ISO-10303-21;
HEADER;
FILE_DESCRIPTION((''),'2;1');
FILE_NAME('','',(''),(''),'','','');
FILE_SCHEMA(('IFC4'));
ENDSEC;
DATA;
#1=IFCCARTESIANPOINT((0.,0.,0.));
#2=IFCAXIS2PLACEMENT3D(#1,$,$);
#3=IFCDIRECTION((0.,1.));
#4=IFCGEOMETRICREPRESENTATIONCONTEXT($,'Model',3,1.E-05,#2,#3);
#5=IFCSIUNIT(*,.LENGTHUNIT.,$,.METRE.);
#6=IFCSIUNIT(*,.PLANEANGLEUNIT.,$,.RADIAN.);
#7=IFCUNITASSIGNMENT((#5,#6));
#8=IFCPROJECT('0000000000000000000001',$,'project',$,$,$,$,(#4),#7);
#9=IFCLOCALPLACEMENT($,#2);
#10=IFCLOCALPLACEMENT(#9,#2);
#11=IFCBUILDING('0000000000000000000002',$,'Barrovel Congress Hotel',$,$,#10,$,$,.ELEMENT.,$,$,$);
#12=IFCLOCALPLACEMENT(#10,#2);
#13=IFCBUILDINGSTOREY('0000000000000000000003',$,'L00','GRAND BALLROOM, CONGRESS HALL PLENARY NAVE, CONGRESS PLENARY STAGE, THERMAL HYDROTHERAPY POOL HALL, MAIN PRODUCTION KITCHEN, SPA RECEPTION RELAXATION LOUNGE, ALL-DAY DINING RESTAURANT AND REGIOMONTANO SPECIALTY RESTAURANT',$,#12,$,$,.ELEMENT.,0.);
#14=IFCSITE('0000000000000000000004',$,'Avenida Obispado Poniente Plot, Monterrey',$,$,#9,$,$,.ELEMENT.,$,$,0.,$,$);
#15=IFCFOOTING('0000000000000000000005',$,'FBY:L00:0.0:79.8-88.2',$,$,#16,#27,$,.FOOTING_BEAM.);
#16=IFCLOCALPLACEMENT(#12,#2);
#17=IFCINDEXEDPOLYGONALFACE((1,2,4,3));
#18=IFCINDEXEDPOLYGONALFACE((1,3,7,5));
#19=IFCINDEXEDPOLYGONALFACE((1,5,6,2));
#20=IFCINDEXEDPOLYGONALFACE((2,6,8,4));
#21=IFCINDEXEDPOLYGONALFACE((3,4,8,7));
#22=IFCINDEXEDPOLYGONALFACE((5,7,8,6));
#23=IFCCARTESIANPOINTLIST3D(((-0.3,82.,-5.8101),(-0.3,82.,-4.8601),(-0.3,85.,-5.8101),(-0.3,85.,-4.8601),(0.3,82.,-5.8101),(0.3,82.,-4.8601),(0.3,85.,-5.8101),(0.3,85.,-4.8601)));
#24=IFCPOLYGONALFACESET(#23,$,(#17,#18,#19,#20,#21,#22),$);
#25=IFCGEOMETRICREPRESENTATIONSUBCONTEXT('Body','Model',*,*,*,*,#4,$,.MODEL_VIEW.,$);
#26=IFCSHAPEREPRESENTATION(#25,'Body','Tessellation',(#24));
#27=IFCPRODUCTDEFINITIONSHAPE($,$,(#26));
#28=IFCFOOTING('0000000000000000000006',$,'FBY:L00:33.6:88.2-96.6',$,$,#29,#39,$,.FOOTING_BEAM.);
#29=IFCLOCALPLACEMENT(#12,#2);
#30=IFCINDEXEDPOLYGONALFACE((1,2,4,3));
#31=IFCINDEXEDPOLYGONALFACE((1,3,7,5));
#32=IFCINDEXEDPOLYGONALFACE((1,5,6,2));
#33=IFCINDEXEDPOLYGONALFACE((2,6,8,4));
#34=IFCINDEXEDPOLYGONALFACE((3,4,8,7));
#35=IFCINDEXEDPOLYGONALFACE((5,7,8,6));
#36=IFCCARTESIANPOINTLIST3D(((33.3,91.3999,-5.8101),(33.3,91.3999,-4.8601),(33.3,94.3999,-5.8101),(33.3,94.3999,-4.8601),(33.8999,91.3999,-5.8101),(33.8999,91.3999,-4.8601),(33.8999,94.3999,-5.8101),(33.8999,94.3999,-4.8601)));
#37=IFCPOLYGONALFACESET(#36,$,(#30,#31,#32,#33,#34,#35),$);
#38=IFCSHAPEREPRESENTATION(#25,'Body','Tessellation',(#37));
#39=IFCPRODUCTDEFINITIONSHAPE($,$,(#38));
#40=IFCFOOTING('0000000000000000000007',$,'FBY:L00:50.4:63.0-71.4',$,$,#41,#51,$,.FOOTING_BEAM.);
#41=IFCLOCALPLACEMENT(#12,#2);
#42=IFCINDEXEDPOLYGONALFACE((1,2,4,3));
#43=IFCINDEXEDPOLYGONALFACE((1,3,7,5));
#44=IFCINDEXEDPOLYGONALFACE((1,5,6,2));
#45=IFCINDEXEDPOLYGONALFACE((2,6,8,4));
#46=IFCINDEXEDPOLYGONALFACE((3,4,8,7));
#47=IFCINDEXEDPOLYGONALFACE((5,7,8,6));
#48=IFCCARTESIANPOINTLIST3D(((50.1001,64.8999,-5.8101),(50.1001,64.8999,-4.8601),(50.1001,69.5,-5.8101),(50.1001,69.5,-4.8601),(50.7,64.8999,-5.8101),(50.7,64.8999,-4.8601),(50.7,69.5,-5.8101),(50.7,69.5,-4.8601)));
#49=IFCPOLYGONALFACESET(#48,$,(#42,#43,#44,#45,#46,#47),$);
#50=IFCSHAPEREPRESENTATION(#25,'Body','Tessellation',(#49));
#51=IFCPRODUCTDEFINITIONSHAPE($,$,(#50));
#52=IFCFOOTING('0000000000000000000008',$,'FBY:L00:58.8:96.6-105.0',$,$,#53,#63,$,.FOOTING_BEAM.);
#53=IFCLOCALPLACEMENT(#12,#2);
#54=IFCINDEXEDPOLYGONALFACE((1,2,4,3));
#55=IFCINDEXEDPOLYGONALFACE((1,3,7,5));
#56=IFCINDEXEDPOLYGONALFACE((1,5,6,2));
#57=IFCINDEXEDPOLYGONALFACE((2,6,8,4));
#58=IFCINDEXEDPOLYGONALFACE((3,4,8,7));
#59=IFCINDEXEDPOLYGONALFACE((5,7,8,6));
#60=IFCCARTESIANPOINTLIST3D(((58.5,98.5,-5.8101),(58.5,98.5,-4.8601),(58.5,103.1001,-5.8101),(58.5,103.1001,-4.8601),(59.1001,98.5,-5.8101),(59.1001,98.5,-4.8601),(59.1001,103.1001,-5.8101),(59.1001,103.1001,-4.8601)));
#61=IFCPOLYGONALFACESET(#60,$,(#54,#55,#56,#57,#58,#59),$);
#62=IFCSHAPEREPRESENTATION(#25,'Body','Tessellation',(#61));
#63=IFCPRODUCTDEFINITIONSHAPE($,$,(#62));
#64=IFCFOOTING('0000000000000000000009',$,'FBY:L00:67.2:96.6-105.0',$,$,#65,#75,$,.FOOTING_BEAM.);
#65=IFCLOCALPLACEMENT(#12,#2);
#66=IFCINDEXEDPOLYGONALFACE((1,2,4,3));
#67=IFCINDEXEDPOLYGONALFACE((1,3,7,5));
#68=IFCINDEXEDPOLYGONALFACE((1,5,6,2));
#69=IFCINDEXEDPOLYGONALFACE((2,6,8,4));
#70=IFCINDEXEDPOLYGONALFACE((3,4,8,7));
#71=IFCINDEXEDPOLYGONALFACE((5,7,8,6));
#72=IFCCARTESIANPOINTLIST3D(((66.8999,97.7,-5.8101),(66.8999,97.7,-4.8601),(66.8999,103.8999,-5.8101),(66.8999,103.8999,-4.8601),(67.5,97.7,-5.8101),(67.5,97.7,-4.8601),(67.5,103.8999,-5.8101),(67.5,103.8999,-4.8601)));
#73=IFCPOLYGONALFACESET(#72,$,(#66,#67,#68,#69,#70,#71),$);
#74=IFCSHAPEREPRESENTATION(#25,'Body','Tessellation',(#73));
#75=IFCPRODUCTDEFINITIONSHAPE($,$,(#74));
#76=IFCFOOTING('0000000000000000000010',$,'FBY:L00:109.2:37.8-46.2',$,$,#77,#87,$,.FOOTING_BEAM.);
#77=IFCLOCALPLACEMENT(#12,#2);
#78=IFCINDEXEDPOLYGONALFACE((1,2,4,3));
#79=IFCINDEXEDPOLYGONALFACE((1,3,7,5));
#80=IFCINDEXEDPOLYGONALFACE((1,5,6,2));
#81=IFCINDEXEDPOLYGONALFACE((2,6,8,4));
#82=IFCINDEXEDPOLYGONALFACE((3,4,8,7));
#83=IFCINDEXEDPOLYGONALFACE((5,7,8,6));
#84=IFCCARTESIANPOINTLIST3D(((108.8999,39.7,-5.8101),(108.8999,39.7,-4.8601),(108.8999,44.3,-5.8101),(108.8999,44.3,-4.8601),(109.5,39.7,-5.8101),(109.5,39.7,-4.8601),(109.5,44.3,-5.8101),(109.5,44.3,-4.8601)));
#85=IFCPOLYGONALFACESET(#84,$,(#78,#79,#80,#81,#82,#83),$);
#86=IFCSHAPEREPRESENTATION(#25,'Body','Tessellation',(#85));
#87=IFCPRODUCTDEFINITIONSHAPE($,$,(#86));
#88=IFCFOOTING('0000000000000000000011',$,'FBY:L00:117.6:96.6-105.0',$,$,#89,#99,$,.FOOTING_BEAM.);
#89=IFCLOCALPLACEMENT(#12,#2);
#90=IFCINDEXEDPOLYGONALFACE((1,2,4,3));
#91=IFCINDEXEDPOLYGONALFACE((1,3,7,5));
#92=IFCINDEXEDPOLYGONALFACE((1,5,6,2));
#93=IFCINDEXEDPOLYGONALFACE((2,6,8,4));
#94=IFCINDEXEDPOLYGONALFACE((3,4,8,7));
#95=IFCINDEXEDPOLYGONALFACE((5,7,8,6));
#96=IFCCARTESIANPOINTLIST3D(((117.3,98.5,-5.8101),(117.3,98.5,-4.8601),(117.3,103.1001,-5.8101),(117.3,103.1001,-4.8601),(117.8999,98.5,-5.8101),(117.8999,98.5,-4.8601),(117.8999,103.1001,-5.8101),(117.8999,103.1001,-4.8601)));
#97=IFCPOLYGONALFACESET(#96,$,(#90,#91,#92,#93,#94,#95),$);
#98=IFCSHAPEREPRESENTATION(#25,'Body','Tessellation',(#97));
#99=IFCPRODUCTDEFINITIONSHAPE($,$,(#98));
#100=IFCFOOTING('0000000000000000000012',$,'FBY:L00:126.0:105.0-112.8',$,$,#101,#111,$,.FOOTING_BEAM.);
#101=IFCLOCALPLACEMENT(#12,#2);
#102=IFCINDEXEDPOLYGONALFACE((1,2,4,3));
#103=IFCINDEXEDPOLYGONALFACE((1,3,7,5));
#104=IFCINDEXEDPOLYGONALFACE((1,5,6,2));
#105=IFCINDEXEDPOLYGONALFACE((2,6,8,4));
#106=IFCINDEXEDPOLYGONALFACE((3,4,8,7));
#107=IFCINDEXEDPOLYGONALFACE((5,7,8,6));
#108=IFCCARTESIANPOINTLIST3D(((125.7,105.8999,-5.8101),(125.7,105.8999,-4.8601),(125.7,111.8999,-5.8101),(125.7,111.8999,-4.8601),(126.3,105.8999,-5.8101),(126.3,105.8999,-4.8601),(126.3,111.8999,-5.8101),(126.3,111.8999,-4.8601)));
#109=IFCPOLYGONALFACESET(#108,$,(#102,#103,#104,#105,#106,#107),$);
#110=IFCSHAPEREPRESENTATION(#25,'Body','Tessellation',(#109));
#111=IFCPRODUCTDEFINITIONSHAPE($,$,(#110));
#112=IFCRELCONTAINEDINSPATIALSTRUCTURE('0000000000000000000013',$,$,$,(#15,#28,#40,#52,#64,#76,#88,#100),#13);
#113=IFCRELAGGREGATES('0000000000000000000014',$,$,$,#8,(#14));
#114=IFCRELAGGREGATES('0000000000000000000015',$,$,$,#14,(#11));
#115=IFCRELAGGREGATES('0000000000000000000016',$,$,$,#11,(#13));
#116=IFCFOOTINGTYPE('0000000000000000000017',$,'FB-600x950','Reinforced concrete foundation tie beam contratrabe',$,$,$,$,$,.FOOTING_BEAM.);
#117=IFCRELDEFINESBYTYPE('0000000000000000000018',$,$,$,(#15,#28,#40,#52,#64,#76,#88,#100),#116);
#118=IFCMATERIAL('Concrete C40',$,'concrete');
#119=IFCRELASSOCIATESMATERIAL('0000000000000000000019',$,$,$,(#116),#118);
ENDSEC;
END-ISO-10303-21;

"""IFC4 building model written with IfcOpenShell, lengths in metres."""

from ifc_helpers import new_model, si_unit, direction, frame, origin, place, context, subcontext, project, spatial, polyline, outline, extrude, material, type_object, element, save


model = new_model("IFC4")

# Units and contexts
model_context = context("Model", 3, precision=1e-05, world=origin(), true_north=direction((0.0, 1.0)))
body_context = subcontext(model_context, "Body", "Model", "MODEL_VIEW")
ifc_project = project(units=[si_unit("LENGTHUNIT", "METRE"), si_unit("PLANEANGLEUNIT", "RADIAN")], contexts=[model_context])

# Site, building, storey
site_placement = place(None, origin())
site = spatial("IfcSite", under=ifc_project, at=site_placement, Name="Avenida Obispado Poniente Plot, Monterrey", CompositionType="ELEMENT", RefElevation=0.0)
building_placement = place(site_placement, origin())
building = spatial("IfcBuilding", under=site, at=building_placement, Name="Barrovel Congress Hotel", CompositionType="ELEMENT")
storey_placement = place(building_placement, origin())
storey = spatial("IfcBuildingStorey", under=building, at=storey_placement, Name="L00", Description="GRAND BALLROOM, CONGRESS HALL PLENARY NAVE, CONGRESS PLENARY STAGE, THERMAL HYDROTHERAPY POOL HALL, MAIN PRODUCTION KITCHEN, SPA RECEPTION RELAXATION LOUNGE, ALL-DAY DINING RESTAURANT AND REGIOMONTANO SPECIALTY RESTAURANT", CompositionType="ELEMENT", Elevation=0.0)

# Footings
ifc_material = material(Name="Concrete C40", Category="concrete")
footing_type_1 = type_object("IfcFootingType", Name="FB-600x950", Description="Reinforced concrete foundation tie beam contratrabe", PredefinedType="FOOTING_BEAM", material=ifc_material)
footing_1_placement = place(storey_placement, frame((0.0, 0.0, -5.8101)))
element("IfcFooting", 1, at=footing_1_placement, inside=storey, type_object=footing_type_1, Name="FBY:L00:0.0:79.8-88.2", PredefinedType="FOOTING_BEAM", context=body_context, shape_type="SweptSolid", body=[
    extrude(outline(polyline([(-0.3, 82.0), (0.3, 82.0), (0.3, 85.0), (-0.3, 85.0), (-0.3, 82.0)])), origin(), (0.0, 0.0, 1.0), 0.95),
])
footing_2_placement = place(storey_placement, frame((0.0, 0.0, -5.8101)))
element("IfcFooting", 2, at=footing_2_placement, inside=storey, type_object=footing_type_1, Name="FBY:L00:33.6:88.2-96.6", PredefinedType="FOOTING_BEAM", context=body_context, shape_type="SweptSolid", body=[
    extrude(outline(polyline([(33.3, 91.3999), (33.8999, 91.3999), (33.8999, 94.3999), (33.3, 94.3999), (33.3, 91.3999)])), origin(), (0.0, 0.0, 1.0), 0.95),
])
footing_3_placement = place(storey_placement, frame((0.0, 0.0, -5.8101)))
element("IfcFooting", 3, at=footing_3_placement, inside=storey, type_object=footing_type_1, Name="FBY:L00:50.4:63.0-71.4", PredefinedType="FOOTING_BEAM", context=body_context, shape_type="SweptSolid", body=[
    extrude(outline(polyline([(50.1001, 64.8999), (50.7, 64.8999), (50.7, 69.5), (50.1001, 69.5), (50.1001, 64.8999)])), origin(), (0.0, 0.0, 1.0), 0.95),
])
footing_4_placement = place(storey_placement, frame((0.0, 0.0, -5.8101)))
element("IfcFooting", 4, at=footing_4_placement, inside=storey, type_object=footing_type_1, Name="FBY:L00:58.8:96.6-105.0", PredefinedType="FOOTING_BEAM", context=body_context, shape_type="SweptSolid", body=[
    extrude(outline(polyline([(58.5, 98.5), (59.1001, 98.5), (59.1001, 103.1001), (58.5, 103.1001), (58.5, 98.5)])), origin(), (0.0, 0.0, 1.0), 0.95),
])
footing_5_placement = place(storey_placement, frame((0.0, 0.0, -5.8101)))
element("IfcFooting", 5, at=footing_5_placement, inside=storey, type_object=footing_type_1, Name="FBY:L00:67.2:96.6-105.0", PredefinedType="FOOTING_BEAM", context=body_context, shape_type="SweptSolid", body=[
    extrude(outline(polyline([(66.8999, 97.7), (67.5, 97.7), (67.5, 103.8999), (66.8999, 103.8999), (66.8999, 97.7)])), origin(), (0.0, 0.0, 1.0), 0.95),
])
footing_6_placement = place(storey_placement, frame((0.0, 0.0, -5.8101)))
element("IfcFooting", 6, at=footing_6_placement, inside=storey, type_object=footing_type_1, Name="FBY:L00:109.2:37.8-46.2", PredefinedType="FOOTING_BEAM", context=body_context, shape_type="SweptSolid", body=[
    extrude(outline(polyline([(108.8999, 39.7), (109.5, 39.7), (109.5, 44.3), (108.8999, 44.3), (108.8999, 39.7)])), origin(), (0.0, 0.0, 1.0), 0.95),
])
footing_7_placement = place(storey_placement, frame((0.0, 0.0, -5.8101)))
element("IfcFooting", 7, at=footing_7_placement, inside=storey, type_object=footing_type_1, Name="FBY:L00:117.6:96.6-105.0", PredefinedType="FOOTING_BEAM", context=body_context, shape_type="SweptSolid", body=[
    extrude(outline(polyline([(117.3, 98.5), (117.8999, 98.5), (117.8999, 103.1001), (117.3, 103.1001), (117.3, 98.5)])), origin(), (0.0, 0.0, 1.0), 0.95),
])
footing_8_placement = place(storey_placement, frame((0.0, 0.0, -5.8101)))
element("IfcFooting", 8, at=footing_8_placement, inside=storey, type_object=footing_type_1, Name="FBY:L00:126.0:105.0-112.8", PredefinedType="FOOTING_BEAM", context=body_context, shape_type="SweptSolid", body=[
    extrude(outline(polyline([(125.7, 105.8999), (126.3, 105.8999), (126.3, 111.8999), (125.7, 111.8999), (125.7, 105.8999)])), origin(), (0.0, 0.0, 1.0), 0.95),
])

save(model, "model.ifc")
